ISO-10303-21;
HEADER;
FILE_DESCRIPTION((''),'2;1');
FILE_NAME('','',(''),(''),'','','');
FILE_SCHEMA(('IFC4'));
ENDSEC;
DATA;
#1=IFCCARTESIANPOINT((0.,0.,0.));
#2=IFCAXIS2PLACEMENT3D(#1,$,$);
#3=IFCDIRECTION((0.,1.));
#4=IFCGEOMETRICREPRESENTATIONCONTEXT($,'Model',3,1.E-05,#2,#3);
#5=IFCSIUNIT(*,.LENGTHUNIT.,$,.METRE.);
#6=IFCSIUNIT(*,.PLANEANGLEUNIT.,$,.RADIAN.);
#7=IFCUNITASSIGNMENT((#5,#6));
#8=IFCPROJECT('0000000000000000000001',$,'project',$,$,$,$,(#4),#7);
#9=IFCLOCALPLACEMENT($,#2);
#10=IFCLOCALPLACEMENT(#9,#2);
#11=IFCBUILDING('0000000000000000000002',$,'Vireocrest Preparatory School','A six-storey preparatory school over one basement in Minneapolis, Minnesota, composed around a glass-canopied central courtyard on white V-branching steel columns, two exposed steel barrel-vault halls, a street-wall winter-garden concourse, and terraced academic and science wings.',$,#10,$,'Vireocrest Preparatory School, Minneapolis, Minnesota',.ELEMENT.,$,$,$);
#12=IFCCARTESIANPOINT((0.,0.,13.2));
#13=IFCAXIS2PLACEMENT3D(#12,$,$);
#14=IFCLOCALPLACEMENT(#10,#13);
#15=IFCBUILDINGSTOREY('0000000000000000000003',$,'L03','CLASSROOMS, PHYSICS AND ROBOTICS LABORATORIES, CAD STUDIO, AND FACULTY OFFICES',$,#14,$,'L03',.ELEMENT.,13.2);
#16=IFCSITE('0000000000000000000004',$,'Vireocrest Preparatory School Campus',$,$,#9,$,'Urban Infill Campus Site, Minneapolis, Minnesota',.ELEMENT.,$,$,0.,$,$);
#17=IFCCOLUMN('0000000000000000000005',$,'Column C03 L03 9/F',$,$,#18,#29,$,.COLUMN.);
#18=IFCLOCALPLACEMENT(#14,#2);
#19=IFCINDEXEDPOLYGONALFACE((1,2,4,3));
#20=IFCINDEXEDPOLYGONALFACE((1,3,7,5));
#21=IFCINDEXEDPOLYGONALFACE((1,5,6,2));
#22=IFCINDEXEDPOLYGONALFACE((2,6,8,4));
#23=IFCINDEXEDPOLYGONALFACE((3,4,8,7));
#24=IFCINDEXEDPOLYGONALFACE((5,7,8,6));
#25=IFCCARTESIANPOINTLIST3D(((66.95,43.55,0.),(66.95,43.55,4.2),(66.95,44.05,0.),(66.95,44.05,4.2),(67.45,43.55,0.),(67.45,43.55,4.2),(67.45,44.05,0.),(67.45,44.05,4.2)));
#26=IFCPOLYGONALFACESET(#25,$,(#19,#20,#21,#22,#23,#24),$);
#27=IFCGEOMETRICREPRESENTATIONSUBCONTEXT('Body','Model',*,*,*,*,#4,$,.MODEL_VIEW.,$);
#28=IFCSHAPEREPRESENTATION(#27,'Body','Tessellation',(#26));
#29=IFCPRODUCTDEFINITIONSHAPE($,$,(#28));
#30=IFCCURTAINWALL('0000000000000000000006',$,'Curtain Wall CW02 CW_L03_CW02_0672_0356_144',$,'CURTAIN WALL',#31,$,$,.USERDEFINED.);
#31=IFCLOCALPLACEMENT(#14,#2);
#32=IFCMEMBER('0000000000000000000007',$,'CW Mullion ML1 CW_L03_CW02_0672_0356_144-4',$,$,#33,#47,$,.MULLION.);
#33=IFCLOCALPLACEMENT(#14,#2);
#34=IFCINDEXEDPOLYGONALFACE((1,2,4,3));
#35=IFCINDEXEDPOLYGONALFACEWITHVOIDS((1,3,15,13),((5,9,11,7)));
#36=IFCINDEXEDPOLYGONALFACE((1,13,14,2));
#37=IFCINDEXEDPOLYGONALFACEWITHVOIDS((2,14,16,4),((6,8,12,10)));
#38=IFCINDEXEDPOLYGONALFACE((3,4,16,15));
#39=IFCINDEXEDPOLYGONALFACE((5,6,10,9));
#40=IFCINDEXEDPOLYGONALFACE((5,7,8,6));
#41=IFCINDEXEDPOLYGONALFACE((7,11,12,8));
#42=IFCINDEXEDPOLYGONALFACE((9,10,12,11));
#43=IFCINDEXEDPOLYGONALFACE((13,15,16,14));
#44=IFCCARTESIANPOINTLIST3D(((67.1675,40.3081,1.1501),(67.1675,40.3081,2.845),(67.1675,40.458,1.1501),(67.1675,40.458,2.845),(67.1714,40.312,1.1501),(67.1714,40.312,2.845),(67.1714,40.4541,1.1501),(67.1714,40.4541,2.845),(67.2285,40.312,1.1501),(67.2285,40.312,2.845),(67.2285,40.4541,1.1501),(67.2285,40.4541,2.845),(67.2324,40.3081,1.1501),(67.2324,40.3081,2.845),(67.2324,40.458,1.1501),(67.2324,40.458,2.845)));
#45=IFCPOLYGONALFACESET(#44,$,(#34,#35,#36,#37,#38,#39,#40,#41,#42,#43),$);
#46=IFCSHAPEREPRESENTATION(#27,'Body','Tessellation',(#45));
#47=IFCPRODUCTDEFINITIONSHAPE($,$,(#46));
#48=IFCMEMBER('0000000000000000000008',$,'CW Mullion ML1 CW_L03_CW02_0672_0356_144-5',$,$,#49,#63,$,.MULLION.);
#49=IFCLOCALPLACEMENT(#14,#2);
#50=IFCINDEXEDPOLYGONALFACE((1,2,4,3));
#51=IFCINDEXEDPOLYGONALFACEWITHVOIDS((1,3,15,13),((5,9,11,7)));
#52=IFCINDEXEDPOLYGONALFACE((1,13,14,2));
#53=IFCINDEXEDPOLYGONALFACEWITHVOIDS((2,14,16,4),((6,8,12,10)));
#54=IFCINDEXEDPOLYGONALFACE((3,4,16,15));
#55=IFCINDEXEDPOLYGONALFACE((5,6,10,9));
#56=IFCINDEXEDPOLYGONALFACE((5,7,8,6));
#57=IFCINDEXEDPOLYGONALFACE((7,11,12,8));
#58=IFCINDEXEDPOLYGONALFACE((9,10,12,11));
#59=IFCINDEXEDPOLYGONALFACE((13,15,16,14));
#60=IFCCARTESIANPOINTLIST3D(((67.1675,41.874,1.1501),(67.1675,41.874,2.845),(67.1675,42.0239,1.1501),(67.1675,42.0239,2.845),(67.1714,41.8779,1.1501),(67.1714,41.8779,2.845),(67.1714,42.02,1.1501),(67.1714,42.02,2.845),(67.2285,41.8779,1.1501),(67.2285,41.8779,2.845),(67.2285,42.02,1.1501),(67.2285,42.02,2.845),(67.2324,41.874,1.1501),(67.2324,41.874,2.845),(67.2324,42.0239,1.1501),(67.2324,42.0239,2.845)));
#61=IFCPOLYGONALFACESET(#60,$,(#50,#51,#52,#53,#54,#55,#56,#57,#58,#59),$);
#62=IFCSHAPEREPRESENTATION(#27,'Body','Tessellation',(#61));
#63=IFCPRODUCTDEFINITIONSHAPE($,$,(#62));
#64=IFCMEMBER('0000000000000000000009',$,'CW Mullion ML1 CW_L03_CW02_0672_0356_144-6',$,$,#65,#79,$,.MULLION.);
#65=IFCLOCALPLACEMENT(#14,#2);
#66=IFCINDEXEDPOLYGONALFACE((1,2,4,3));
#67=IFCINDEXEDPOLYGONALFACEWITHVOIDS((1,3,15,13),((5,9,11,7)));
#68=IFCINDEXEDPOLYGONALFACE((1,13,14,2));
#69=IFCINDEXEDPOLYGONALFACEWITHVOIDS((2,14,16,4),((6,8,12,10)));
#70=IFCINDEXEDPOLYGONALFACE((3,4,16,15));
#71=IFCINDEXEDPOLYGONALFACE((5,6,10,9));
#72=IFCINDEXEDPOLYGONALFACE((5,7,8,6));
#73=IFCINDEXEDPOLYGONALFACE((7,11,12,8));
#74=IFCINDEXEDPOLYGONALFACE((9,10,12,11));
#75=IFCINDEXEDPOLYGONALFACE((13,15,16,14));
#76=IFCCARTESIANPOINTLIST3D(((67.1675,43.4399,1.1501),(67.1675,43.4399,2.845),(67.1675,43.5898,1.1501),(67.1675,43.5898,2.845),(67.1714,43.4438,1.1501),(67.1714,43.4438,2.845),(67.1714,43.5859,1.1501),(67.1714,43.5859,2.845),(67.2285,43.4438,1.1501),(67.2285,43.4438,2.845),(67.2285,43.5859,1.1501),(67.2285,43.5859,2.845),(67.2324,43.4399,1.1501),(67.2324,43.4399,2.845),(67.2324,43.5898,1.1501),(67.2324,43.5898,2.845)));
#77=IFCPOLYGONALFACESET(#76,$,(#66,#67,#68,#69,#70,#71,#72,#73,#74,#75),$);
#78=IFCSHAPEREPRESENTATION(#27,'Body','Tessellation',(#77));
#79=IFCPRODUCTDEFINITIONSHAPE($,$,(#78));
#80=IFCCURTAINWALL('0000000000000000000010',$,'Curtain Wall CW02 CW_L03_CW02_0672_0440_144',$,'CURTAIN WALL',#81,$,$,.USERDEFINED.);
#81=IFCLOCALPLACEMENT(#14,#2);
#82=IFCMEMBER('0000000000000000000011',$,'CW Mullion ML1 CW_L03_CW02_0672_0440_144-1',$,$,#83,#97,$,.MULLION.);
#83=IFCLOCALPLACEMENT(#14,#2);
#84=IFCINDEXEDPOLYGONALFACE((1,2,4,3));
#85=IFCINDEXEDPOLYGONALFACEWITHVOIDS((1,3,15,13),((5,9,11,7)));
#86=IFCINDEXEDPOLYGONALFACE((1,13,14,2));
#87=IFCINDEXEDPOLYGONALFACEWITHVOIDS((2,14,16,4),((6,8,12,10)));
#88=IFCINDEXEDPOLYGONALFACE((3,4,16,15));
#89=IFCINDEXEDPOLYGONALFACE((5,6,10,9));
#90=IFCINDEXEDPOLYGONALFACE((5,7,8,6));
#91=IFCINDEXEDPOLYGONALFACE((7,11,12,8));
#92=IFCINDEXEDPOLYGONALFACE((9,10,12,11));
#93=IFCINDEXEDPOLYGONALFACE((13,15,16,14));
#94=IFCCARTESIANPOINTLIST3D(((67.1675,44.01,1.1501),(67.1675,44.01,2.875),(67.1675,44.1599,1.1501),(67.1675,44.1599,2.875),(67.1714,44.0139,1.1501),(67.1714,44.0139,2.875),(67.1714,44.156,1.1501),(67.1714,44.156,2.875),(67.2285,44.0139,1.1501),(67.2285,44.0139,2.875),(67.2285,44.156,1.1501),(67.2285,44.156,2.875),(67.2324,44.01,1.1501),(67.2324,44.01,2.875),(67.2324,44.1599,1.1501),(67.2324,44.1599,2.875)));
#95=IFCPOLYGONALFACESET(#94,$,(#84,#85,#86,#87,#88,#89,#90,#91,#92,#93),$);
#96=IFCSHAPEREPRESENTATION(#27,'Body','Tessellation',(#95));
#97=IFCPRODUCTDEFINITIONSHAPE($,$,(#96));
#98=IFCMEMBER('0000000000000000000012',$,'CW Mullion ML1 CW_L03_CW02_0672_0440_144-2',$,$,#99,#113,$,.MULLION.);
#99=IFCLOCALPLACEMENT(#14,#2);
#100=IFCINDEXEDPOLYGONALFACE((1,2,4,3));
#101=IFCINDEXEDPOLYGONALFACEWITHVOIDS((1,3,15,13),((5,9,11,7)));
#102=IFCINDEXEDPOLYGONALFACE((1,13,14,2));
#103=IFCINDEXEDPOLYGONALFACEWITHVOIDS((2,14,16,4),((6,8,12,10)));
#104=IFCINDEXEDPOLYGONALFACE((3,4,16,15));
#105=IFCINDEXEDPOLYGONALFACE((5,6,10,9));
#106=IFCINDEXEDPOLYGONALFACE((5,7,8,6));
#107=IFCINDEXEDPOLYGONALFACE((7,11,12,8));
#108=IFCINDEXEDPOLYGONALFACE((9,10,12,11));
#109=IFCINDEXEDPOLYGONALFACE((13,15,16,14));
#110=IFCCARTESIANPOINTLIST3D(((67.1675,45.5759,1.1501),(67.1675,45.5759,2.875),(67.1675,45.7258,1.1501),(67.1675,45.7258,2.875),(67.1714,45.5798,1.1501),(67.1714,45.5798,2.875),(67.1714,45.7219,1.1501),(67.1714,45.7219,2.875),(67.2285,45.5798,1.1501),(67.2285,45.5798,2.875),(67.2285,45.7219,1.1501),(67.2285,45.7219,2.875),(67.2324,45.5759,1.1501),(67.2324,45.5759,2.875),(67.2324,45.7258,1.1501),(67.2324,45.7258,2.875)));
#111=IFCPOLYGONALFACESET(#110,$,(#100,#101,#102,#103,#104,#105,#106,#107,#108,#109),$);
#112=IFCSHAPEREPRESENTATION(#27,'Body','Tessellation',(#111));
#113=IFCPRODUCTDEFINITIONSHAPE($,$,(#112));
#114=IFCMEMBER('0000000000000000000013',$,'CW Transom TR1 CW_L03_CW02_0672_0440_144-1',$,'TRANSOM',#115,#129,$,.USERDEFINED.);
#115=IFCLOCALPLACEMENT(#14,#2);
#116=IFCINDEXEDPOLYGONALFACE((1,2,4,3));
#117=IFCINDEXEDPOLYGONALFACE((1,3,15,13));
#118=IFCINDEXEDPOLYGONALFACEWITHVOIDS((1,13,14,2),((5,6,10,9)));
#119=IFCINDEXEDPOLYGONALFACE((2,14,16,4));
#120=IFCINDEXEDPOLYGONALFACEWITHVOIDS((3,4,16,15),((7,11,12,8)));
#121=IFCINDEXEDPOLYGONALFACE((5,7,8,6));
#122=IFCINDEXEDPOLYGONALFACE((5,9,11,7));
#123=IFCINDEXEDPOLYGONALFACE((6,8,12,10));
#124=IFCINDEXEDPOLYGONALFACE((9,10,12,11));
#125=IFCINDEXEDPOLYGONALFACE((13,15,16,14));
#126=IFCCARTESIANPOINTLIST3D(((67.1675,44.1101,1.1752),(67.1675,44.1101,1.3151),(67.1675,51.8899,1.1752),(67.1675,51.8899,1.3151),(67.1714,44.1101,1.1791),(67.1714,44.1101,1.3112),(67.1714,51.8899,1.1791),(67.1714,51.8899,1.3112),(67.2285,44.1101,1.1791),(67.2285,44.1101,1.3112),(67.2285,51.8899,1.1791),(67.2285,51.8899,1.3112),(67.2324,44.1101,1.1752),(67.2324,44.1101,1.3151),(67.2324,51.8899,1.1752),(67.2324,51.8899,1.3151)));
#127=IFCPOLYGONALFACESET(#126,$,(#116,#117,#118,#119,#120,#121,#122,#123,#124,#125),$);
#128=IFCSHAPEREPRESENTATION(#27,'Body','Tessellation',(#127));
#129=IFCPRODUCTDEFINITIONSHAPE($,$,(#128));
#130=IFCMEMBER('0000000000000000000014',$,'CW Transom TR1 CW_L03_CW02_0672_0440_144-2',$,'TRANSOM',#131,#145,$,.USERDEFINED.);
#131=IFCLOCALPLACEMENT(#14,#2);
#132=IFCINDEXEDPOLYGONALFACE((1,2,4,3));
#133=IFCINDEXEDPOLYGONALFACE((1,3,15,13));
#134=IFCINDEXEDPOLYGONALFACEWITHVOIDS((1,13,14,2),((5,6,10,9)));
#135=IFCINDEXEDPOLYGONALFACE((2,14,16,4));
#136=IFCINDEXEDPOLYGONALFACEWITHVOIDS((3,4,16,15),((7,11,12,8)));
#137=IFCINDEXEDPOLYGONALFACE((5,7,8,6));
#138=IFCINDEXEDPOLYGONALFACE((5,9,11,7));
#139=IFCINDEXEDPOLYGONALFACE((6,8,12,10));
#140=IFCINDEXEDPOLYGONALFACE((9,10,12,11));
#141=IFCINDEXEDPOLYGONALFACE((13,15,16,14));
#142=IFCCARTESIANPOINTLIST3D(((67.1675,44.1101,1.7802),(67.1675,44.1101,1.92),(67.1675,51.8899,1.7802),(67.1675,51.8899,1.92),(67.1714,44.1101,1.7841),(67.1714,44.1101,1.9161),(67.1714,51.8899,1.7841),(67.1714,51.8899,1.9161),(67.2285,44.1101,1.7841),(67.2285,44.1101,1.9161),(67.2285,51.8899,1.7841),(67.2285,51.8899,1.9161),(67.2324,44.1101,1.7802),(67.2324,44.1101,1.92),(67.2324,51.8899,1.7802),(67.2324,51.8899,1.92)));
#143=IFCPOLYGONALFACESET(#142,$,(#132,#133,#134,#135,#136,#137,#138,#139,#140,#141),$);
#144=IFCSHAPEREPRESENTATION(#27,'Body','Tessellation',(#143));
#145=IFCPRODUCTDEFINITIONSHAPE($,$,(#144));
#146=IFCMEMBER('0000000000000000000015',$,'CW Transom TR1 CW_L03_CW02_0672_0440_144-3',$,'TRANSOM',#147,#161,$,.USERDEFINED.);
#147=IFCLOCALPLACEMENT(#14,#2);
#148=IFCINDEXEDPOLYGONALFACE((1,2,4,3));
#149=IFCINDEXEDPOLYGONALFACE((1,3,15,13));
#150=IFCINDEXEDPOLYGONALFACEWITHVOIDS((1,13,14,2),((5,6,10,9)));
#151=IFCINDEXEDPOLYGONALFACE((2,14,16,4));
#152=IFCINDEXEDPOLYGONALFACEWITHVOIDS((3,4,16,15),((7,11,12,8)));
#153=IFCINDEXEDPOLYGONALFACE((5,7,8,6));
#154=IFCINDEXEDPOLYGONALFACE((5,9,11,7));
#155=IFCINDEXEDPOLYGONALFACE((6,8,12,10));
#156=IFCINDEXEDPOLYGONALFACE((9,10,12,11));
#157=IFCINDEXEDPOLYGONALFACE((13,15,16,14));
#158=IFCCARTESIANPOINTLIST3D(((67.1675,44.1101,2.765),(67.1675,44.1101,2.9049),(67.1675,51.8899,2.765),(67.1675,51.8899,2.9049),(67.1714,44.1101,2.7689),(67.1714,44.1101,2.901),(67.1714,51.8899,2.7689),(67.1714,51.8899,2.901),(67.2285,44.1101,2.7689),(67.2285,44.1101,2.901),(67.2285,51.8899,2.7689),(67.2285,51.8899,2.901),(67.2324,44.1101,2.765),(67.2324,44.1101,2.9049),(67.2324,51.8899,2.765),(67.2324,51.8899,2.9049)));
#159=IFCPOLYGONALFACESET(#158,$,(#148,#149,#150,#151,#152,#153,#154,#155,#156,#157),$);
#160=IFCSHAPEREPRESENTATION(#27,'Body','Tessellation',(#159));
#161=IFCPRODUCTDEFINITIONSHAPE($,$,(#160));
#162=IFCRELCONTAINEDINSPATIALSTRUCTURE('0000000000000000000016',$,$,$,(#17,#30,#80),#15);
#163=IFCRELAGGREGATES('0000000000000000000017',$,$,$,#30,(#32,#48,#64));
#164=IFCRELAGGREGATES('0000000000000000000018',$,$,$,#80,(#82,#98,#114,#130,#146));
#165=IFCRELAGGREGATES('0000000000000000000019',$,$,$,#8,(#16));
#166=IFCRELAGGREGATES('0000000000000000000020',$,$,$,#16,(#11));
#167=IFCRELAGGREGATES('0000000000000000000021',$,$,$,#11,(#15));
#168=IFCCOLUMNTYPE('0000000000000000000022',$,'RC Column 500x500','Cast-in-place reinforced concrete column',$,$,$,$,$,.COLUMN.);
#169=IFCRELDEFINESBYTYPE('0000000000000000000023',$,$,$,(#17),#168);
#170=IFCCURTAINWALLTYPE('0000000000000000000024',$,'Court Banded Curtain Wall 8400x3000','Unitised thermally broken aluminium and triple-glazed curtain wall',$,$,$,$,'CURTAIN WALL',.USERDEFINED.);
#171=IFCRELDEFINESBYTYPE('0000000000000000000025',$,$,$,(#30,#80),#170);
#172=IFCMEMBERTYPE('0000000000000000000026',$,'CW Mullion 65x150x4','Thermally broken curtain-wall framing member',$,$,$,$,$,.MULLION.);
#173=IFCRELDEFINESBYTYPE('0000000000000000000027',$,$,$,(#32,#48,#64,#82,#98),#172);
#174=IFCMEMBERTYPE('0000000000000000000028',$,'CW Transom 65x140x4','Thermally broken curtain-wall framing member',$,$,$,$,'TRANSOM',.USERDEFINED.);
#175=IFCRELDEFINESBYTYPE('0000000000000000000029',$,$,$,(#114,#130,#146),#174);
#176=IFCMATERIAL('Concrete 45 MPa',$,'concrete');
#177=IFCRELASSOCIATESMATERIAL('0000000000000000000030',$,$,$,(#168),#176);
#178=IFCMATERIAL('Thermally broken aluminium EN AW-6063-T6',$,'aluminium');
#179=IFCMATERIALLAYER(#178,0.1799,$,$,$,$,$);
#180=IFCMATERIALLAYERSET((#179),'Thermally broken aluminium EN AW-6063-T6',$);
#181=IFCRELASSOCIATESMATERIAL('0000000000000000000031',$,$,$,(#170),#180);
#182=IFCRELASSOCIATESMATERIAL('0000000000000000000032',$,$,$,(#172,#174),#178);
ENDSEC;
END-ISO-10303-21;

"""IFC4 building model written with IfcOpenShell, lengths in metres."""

from ifc_helpers import new_model, si_unit, direction, frame, origin, origin_2d, place, context, subcontext, project, spatial, rectangle, hollow_rectangle, extrude, material, layer, layer_set, material_profile, profile_set, type_object, element, aggregate, save


model = new_model("IFC4")

# Units and contexts
model_context = context("Model", 3, precision=1e-05, world=origin(), true_north=direction((0.0, 1.0)))
body_context = subcontext(model_context, "Body", "Model", "MODEL_VIEW")
ifc_project = project(units=[si_unit("LENGTHUNIT", "METRE"), si_unit("PLANEANGLEUNIT", "RADIAN")], contexts=[model_context])

# Site, building, storey
site_placement = place(None, origin())
site = spatial("IfcSite", under=ifc_project, at=site_placement, Name="Vireocrest Preparatory School Campus", LongName="Urban Infill Campus Site, Minneapolis, Minnesota", CompositionType="ELEMENT", RefElevation=0.0)
building_placement = place(site_placement, origin())
building = spatial("IfcBuilding", under=site, at=building_placement, Name="Vireocrest Preparatory School", Description="A six-storey preparatory school over one basement in Minneapolis, Minnesota, composed around a glass-canopied central courtyard on white V-branching steel columns, two exposed steel barrel-vault halls, a street-wall winter-garden concourse, and terraced academic and science wings.", LongName="Vireocrest Preparatory School, Minneapolis, Minnesota", CompositionType="ELEMENT")
storey_placement = place(building_placement, frame((0.0, 0.0, 13.2)))
storey = spatial("IfcBuildingStorey", under=building, at=storey_placement, Name="L03", Description="CLASSROOMS, PHYSICS AND ROBOTICS LABORATORIES, CAD STUDIO, AND FACULTY OFFICES", LongName="L03", CompositionType="ELEMENT", Elevation=13.2)

# Column
ifc_material_1 = material(Name="Concrete 45 MPa", Category="concrete")
ifc_material_profile_1 = material_profile(ifc_material_1, rectangle(XDim=0.5, YDim=0.5, at=origin_2d()), Name="RC 500x500")
ifc_profile_set_1 = profile_set([ifc_material_profile_1], Name="Concrete 45 MPa")
column_type = type_object("IfcColumnType", Name="RC Column 500x500", Description="Cast-in-place reinforced concrete column", PredefinedType="COLUMN", material=ifc_profile_set_1)
column_placement = place(storey_placement, frame((67.2, 43.8, 0.0), z_axis=(0.0, 0.0, 1.0), x_axis=(1.0, 0.0, 0.0)))
element("IfcColumn", 1, at=column_placement, inside=storey, type_object=column_type, Name="Column C03 L03 9/F", PredefinedType="COLUMN", context=body_context, shape_type="SweptSolid", body=[
    extrude(rectangle(XDim=0.5, YDim=0.5, at=origin_2d()), origin(), (0.0, 0.0, 1.0), 4.2),
])

# Curtain walls, members
ifc_material_2 = material(Name="Thermally broken aluminium EN AW-6063-T6", Category="aluminium")
ifc_layer_1 = layer(ifc_material_2, 0.1799)
ifc_layer_set_1 = layer_set([ifc_layer_1], Name="Thermally broken aluminium EN AW-6063-T6")
curtain_wall_type = type_object("IfcCurtainWallType", Name="Court Banded Curtain Wall 8400x3000", Description="Unitised thermally broken aluminium and triple-glazed curtain wall", ElementType="CURTAIN WALL", PredefinedType="USERDEFINED", material=ifc_layer_set_1)
curtain_wall_1_placement = place(storey_placement, origin())
curtain_wall_1 = element("IfcCurtainWall", 2, at=curtain_wall_1_placement, inside=storey, type_object=curtain_wall_type, Name="Curtain Wall CW02 CW_L03_CW02_0672_0356_144", ObjectType="CURTAIN WALL", PredefinedType="USERDEFINED")
ifc_material_profile_2 = material_profile(ifc_material_2, hollow_rectangle(XDim=0.0649, YDim=0.1499, WallThickness=0.0039, at=origin_2d()), Name="ALU 65x150x4")
ifc_profile_set_2 = profile_set([ifc_material_profile_2], Name="Thermally broken aluminium EN AW-6063-T6")
member_type_1 = type_object("IfcMemberType", Name="CW Mullion 65x150x4", Description="Thermally broken curtain-wall framing member", PredefinedType="MULLION", material=ifc_profile_set_2)
member_1_placement = place(storey_placement, frame((67.2, 40.3831, 1.1501), z_axis=(0.0, 0.0, 1.0), x_axis=(1.0, 0.0, 0.0)))
member_1 = element("IfcMember", 3, at=member_1_placement, type_object=member_type_1, Name="CW Mullion ML1 CW_L03_CW02_0672_0356_144-4", PredefinedType="MULLION", context=body_context, shape_type="SweptSolid", body=[
    extrude(hollow_rectangle(XDim=0.0649, YDim=0.1499, WallThickness=0.0039, at=origin_2d()), origin(), (0.0, 0.0, 1.0), 1.6948),
])
member_2_placement = place(storey_placement, frame((67.2, 41.949, 1.1501), z_axis=(0.0, 0.0, 1.0), x_axis=(1.0, 0.0, 0.0)))
member_2 = element("IfcMember", 4, at=member_2_placement, type_object=member_type_1, Name="CW Mullion ML1 CW_L03_CW02_0672_0356_144-5", PredefinedType="MULLION", context=body_context, shape_type="SweptSolid", body=[
    extrude(hollow_rectangle(XDim=0.0649, YDim=0.1499, WallThickness=0.0039, at=origin_2d()), origin(), (0.0, 0.0, 1.0), 1.6948),
])
member_3_placement = place(storey_placement, frame((67.2, 43.5149, 1.1501), z_axis=(0.0, 0.0, 1.0), x_axis=(1.0, 0.0, 0.0)))
member_3 = element("IfcMember", 5, at=member_3_placement, type_object=member_type_1, Name="CW Mullion ML1 CW_L03_CW02_0672_0356_144-6", PredefinedType="MULLION", context=body_context, shape_type="SweptSolid", body=[
    extrude(hollow_rectangle(XDim=0.0649, YDim=0.1499, WallThickness=0.0039, at=origin_2d()), origin(), (0.0, 0.0, 1.0), 1.6948),
])
curtain_wall_2_placement = place(storey_placement, origin())
curtain_wall_2 = element("IfcCurtainWall", 6, at=curtain_wall_2_placement, inside=storey, type_object=curtain_wall_type, Name="Curtain Wall CW02 CW_L03_CW02_0672_0440_144", ObjectType="CURTAIN WALL", PredefinedType="USERDEFINED")
member_4_placement = place(storey_placement, frame((67.2, 44.085, 1.1501), z_axis=(0.0, 0.0, 1.0), x_axis=(1.0, 0.0, 0.0)))
member_4 = element("IfcMember", 7, at=member_4_placement, type_object=member_type_1, Name="CW Mullion ML1 CW_L03_CW02_0672_0440_144-1", PredefinedType="MULLION", context=body_context, shape_type="SweptSolid", body=[
    extrude(hollow_rectangle(XDim=0.0649, YDim=0.1499, WallThickness=0.0039, at=origin_2d()), origin(), (0.0, 0.0, 1.0), 1.7249),
])
member_5_placement = place(storey_placement, frame((67.2, 45.6509, 1.1501), z_axis=(0.0, 0.0, 1.0), x_axis=(1.0, 0.0, 0.0)))
member_5 = element("IfcMember", 8, at=member_5_placement, type_object=member_type_1, Name="CW Mullion ML1 CW_L03_CW02_0672_0440_144-2", PredefinedType="MULLION", context=body_context, shape_type="SweptSolid", body=[
    extrude(hollow_rectangle(XDim=0.0649, YDim=0.1499, WallThickness=0.0039, at=origin_2d()), origin(), (0.0, 0.0, 1.0), 1.7249),
])
ifc_material_profile_3 = material_profile(ifc_material_2, hollow_rectangle(XDim=0.0649, YDim=0.1399, WallThickness=0.0039, at=origin_2d()), Name="ALU 65x140x4")
ifc_profile_set_3 = profile_set([ifc_material_profile_3], Name="Thermally broken aluminium EN AW-6063-T6")
member_type_2 = type_object("IfcMemberType", Name="CW Transom 65x140x4", Description="Thermally broken curtain-wall framing member", ElementType="TRANSOM", PredefinedType="USERDEFINED", material=ifc_profile_set_3)
member_6_placement = place(storey_placement, frame((67.2, 44.1101, 1.2451), z_axis=(0.0, 1.0, 0.0), x_axis=(-1.0, 0.0, 0.0)))
member_6 = element("IfcMember", 9, at=member_6_placement, type_object=member_type_2, Name="CW Transom TR1 CW_L03_CW02_0672_0440_144-1", ObjectType="TRANSOM", PredefinedType="USERDEFINED", context=body_context, shape_type="SweptSolid", body=[
    extrude(hollow_rectangle(XDim=0.0649, YDim=0.1399, WallThickness=0.0039, at=origin_2d()), origin(), (0.0, 0.0, 1.0), 7.7798),
])
member_7_placement = place(storey_placement, frame((67.2, 44.1101, 1.8501), z_axis=(0.0, 1.0, 0.0), x_axis=(-1.0, 0.0, 0.0)))
member_7 = element("IfcMember", 10, at=member_7_placement, type_object=member_type_2, Name="CW Transom TR1 CW_L03_CW02_0672_0440_144-2", ObjectType="TRANSOM", PredefinedType="USERDEFINED", context=body_context, shape_type="SweptSolid", body=[
    extrude(hollow_rectangle(XDim=0.0649, YDim=0.1399, WallThickness=0.0039, at=origin_2d()), origin(), (0.0, 0.0, 1.0), 7.7798),
])
member_8_placement = place(storey_placement, frame((67.2, 44.1101, 2.835), z_axis=(0.0, 1.0, 0.0), x_axis=(-1.0, 0.0, 0.0)))
member_8 = element("IfcMember", 11, at=member_8_placement, type_object=member_type_2, Name="CW Transom TR1 CW_L03_CW02_0672_0440_144-3", ObjectType="TRANSOM", PredefinedType="USERDEFINED", context=body_context, shape_type="SweptSolid", body=[
    extrude(hollow_rectangle(XDim=0.0649, YDim=0.1399, WallThickness=0.0039, at=origin_2d()), origin(), (0.0, 0.0, 1.0), 7.7798),
])

aggregate(curtain_wall_1, [member_1, member_2, member_3])
aggregate(curtain_wall_2, [member_4, member_5, member_6, member_7, member_8])

save(model, "model.ifc")
